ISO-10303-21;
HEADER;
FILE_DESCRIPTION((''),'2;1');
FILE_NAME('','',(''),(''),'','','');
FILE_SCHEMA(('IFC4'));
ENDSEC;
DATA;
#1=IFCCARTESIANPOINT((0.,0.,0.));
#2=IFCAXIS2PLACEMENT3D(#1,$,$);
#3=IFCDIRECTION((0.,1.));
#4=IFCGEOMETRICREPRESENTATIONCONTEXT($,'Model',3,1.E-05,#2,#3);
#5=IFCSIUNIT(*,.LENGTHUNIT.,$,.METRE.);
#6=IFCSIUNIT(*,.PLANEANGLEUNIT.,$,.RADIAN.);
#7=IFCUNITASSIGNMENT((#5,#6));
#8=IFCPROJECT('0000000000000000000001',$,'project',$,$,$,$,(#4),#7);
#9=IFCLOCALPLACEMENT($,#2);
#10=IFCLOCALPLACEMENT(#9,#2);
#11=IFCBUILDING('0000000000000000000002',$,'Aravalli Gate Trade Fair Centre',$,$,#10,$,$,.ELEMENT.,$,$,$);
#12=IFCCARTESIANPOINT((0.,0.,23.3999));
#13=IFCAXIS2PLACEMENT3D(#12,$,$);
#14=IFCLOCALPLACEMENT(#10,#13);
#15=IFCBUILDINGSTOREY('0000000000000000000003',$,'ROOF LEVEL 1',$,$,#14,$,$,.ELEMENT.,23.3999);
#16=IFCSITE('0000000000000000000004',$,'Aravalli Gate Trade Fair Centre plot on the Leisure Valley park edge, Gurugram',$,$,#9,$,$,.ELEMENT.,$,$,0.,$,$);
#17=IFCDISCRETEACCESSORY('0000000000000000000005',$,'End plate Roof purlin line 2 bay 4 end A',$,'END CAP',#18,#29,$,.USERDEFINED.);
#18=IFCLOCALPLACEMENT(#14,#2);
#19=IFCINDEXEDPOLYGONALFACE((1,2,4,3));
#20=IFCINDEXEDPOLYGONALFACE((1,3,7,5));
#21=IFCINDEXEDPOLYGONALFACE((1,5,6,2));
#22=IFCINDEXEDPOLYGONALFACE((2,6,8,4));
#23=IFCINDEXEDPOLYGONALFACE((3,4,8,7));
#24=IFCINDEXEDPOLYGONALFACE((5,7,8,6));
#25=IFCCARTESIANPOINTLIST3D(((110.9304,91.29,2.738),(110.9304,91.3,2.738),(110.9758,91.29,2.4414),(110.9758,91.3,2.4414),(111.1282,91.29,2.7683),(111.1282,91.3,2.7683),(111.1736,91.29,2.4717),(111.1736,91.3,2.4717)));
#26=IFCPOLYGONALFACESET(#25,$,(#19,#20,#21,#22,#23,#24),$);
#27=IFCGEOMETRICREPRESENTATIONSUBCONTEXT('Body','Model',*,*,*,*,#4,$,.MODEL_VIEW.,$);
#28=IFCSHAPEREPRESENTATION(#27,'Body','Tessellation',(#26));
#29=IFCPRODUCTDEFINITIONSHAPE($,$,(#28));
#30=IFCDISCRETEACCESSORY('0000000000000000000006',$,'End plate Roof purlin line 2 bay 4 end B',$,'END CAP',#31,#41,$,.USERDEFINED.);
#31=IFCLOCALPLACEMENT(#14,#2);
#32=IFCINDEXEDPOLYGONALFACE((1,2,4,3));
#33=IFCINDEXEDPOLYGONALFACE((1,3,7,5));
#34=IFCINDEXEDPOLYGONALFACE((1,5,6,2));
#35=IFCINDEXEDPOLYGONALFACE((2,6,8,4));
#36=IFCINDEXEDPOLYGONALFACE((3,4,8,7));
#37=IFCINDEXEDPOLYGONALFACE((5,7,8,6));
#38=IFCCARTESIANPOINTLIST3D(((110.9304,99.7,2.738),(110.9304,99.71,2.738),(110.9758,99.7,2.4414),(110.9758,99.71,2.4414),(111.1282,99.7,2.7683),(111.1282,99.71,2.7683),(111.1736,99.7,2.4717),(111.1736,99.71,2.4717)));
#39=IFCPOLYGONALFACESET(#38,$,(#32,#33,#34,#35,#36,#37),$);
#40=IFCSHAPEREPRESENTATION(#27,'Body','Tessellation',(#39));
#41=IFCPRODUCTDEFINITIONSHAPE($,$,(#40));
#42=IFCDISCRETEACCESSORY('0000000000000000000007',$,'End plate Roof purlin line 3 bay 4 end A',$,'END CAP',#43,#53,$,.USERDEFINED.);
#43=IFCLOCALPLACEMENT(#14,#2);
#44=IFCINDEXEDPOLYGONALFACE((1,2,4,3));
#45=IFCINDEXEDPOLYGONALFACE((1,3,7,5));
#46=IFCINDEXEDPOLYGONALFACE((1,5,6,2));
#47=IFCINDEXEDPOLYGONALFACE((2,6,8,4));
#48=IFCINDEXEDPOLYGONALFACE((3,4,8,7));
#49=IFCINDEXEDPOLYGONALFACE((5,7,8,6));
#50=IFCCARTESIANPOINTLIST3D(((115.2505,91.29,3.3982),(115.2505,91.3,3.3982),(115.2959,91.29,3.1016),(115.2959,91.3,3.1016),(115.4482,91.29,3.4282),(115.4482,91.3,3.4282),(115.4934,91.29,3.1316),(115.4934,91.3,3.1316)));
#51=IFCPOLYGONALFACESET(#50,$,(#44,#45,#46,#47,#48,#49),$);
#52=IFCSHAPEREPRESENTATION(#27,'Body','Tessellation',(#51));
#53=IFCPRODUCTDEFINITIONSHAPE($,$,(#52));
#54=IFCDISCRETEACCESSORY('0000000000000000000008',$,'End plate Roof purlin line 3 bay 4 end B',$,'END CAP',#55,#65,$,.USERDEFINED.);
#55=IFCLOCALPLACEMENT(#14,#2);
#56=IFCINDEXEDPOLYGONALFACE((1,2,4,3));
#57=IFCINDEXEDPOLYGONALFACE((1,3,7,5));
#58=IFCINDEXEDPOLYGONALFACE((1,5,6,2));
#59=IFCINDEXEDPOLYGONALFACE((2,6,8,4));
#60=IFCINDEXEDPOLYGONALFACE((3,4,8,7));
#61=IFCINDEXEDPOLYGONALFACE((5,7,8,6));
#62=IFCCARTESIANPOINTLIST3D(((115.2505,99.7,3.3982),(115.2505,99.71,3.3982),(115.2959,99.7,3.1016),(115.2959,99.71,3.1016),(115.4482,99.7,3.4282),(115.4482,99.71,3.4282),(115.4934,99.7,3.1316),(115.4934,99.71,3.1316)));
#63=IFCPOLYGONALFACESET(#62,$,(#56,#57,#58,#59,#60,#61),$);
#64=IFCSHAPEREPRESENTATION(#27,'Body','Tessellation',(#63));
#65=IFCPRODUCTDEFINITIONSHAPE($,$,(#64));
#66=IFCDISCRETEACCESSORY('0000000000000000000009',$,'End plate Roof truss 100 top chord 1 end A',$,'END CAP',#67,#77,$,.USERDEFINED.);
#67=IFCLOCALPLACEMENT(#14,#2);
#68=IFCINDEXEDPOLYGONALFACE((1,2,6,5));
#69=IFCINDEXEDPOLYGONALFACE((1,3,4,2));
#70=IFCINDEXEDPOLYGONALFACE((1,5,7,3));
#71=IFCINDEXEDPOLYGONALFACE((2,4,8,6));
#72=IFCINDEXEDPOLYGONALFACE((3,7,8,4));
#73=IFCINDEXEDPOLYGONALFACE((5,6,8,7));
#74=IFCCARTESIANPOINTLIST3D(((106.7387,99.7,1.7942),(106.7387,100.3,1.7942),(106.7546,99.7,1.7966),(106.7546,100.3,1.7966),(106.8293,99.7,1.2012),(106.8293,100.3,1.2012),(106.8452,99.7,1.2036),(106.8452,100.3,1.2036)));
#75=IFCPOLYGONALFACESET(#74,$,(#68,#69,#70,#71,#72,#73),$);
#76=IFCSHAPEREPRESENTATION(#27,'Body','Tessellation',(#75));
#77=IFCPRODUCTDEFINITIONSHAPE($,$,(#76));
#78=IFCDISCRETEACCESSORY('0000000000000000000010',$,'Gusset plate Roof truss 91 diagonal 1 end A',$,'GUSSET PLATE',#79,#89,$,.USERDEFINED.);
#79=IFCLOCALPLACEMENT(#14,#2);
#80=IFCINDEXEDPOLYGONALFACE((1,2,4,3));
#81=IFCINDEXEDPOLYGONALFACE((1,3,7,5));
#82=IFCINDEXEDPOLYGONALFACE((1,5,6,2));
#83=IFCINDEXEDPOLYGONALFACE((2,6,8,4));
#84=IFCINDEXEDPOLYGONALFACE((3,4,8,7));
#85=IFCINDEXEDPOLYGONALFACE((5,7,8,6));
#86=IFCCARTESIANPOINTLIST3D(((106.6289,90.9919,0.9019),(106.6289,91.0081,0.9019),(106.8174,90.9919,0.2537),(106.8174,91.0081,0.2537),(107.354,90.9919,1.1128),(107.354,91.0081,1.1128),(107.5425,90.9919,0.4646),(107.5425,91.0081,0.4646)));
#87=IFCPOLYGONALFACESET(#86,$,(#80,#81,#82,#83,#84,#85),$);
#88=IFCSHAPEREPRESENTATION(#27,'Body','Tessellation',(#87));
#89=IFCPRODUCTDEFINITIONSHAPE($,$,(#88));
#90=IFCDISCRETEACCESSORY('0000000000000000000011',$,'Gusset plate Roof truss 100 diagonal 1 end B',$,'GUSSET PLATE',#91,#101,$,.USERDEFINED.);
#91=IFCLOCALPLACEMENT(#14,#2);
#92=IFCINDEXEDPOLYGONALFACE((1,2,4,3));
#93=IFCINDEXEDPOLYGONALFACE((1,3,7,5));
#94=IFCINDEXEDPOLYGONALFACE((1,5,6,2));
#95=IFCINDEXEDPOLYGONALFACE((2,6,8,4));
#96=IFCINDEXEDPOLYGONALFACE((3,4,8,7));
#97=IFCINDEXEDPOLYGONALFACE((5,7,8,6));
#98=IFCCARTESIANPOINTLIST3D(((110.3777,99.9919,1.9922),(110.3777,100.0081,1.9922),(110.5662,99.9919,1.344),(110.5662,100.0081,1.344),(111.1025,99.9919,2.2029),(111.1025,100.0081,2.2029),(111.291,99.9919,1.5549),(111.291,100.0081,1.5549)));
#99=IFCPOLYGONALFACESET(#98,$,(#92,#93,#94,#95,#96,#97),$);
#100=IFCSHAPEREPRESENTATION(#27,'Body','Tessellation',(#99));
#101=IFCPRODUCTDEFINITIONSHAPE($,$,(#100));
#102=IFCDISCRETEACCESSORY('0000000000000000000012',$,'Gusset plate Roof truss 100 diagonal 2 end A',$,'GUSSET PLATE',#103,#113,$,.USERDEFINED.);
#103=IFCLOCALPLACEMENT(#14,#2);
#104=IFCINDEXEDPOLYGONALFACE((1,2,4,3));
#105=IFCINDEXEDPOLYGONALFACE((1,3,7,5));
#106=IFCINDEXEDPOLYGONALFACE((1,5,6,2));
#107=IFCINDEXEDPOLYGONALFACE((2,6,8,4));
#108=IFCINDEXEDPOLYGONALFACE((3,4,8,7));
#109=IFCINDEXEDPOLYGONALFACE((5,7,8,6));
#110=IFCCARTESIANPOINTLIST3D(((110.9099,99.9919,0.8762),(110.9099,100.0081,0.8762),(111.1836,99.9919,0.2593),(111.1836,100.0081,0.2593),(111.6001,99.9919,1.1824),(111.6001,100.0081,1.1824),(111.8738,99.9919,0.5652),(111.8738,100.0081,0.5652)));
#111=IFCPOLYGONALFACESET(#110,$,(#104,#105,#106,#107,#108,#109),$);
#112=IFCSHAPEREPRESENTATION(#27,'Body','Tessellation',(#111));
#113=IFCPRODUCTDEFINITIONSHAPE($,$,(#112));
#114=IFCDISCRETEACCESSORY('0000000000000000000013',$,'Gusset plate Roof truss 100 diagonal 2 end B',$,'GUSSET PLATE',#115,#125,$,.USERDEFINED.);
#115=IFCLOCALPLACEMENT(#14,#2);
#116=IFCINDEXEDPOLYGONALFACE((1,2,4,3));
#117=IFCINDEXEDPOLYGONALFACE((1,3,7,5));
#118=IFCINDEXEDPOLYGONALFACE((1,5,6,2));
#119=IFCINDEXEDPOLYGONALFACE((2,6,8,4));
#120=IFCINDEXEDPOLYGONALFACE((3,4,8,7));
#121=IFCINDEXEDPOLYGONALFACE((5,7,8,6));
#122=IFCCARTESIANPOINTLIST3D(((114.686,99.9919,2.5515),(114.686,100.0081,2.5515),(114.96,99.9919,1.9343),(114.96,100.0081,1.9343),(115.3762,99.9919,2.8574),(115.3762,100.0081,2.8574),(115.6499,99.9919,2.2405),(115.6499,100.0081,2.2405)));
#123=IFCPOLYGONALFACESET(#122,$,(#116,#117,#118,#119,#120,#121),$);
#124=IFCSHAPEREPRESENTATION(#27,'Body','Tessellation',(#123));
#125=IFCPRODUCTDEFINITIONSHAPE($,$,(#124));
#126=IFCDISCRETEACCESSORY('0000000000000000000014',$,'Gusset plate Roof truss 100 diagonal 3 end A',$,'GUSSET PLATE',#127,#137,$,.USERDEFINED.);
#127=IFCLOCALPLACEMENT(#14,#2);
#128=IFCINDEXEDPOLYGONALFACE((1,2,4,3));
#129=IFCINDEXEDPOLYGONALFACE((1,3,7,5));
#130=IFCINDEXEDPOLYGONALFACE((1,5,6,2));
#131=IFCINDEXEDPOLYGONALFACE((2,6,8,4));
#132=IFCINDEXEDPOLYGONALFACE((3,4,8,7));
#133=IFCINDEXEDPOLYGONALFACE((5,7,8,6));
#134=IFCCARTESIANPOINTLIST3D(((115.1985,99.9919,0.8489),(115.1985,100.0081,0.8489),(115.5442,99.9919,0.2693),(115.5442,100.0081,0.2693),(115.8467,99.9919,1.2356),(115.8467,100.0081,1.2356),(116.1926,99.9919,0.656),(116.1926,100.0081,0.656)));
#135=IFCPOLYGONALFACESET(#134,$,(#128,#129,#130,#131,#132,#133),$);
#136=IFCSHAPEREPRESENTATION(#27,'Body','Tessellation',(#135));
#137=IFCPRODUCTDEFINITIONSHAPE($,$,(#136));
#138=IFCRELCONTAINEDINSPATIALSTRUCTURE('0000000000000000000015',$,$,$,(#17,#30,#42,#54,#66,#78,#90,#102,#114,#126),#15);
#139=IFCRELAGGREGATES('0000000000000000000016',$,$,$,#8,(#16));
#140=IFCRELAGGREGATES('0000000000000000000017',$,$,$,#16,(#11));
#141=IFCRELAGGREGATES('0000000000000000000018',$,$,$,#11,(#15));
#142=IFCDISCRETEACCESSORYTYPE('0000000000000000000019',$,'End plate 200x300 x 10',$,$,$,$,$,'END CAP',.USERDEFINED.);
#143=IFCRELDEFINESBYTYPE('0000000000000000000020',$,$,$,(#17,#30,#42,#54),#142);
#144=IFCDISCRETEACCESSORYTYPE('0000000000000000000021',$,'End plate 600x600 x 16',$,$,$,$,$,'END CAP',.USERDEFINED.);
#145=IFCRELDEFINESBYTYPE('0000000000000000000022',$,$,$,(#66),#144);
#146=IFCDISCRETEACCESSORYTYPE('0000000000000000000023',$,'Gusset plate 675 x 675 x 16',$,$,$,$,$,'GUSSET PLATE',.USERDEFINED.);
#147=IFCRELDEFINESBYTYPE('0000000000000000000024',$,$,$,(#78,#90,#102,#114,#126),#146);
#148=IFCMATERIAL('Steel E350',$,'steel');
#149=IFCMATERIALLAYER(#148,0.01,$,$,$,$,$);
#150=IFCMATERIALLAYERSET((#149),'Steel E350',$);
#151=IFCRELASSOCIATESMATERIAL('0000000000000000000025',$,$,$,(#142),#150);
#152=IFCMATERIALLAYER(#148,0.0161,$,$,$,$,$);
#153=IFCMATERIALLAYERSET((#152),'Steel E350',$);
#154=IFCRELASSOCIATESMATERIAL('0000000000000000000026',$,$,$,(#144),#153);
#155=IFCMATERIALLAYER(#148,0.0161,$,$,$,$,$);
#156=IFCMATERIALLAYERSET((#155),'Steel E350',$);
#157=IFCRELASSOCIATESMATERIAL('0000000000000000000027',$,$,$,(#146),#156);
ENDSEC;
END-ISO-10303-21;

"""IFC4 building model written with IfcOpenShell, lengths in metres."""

from ifc_helpers import new_model, si_unit, direction, frame, origin, place, context, subcontext, project, spatial, polyline, outline, extrude, material, layer, layer_set, type_object, element, save


model = new_model("IFC4")

# Units and contexts
model_context = context("Model", 3, precision=1e-05, world=origin(), true_north=direction((0.0, 1.0)))
body_context = subcontext(model_context, "Body", "Model", "MODEL_VIEW")
ifc_project = project(units=[si_unit("LENGTHUNIT", "METRE"), si_unit("PLANEANGLEUNIT", "RADIAN")], contexts=[model_context])

# Site, building, storey
site_placement = place(None, origin())
site = spatial("IfcSite", under=ifc_project, at=site_placement, Name="Aravalli Gate Trade Fair Centre plot on the Leisure Valley park edge, Gurugram", CompositionType="ELEMENT", RefElevation=0.0)
building_placement = place(site_placement, origin())
building = spatial("IfcBuilding", under=site, at=building_placement, Name="Aravalli Gate Trade Fair Centre", CompositionType="ELEMENT")
storey_placement = place(building_placement, frame((0.0, 0.0, 23.3999)))
storey = spatial("IfcBuildingStorey", under=building, at=storey_placement, Name="ROOF LEVEL 1", CompositionType="ELEMENT", Elevation=23.3999)

# Shared definitions
ifc_material = material(Name="Steel E350", Category="steel")

# Discrete accessories
ifc_layer_1 = layer(ifc_material, 0.01)
ifc_layer_set_1 = layer_set([ifc_layer_1], Name="Steel E350")
discrete_accessory_type_1 = type_object("IfcDiscreteAccessoryType", Name="End plate 200x300 x 10", ElementType="END CAP", PredefinedType="USERDEFINED", material=ifc_layer_set_1)
for number, where, z_axis, x_axis, name in (
    (1, (111.1736, 91.3, 2.4717), (0.0, 1.0, 0.0), (-0.988484, 0.0, -0.151324), "End plate Roof purlin line 2 bay 4 end A"),
    (2, (111.1736, 99.71, 2.4717), (0.0, 1.0, 0.0), (-0.988484, 0.0, -0.151324), "End plate Roof purlin line 2 bay 4 end B"),
):
    element("IfcDiscreteAccessory", number, at=place(storey_placement, frame(where, z_axis=z_axis, x_axis=x_axis)), inside=storey, type_object=discrete_accessory_type_1, Name=name, ObjectType="END CAP", PredefinedType="USERDEFINED", context=body_context, shape_type="SweptSolid", body=[
        extrude(outline(polyline([(0.0, 0.0), (0.2001, 0.0), (0.2001, 0.3001), (0.0, 0.3001), (0.0, 0.0)])), origin(), (0.0, 0.0, -1.0), 0.01),
    ])
for number, where, z_axis, x_axis, name in (
    (3, (115.4934, 91.3, 3.1316), (0.0, 1.0, 0.0), (-0.988639, 0.0, -0.150312), "End plate Roof purlin line 3 bay 4 end A"),
    (4, (115.4934, 99.71, 3.1316), (0.0, 1.0, 0.0), (-0.988639, 0.0, -0.150312), "End plate Roof purlin line 3 bay 4 end B"),
):
    element("IfcDiscreteAccessory", number, at=place(storey_placement, frame(where, z_axis=z_axis, x_axis=x_axis)), inside=storey, type_object=discrete_accessory_type_1, Name=name, ObjectType="END CAP", PredefinedType="USERDEFINED", context=body_context, shape_type="SweptSolid", body=[
        extrude(outline(polyline([(0.0, 0.0), (0.1998, 0.0), (0.2001, 0.3001), (0.0001, 0.3), (0.0, 0.0)])), origin(), (0.0, 0.0, -1.0), 0.01),
    ])
ifc_layer_2 = layer(ifc_material, 0.0161)
ifc_layer_set_2 = layer_set([ifc_layer_2], Name="Steel E350")
discrete_accessory_type_2 = type_object("IfcDiscreteAccessoryType", Name="End plate 600x600 x 16", ElementType="END CAP", PredefinedType="USERDEFINED", material=ifc_layer_set_2)
discrete_accessory_1_placement = place(storey_placement, frame((106.8452, 99.7, 1.2036), z_axis=(0.988536, 0.0, 0.150987), x_axis=(0.0, 1.0, 0.0)))
element("IfcDiscreteAccessory", 5, at=discrete_accessory_1_placement, inside=storey, type_object=discrete_accessory_type_2, Name="End plate Roof truss 100 top chord 1 end A", ObjectType="END CAP", PredefinedType="USERDEFINED", context=body_context, shape_type="SweptSolid", body=[
    extrude(outline(polyline([(0.0, 0.0), (0.6001, 0.0), (0.6001, 0.5999), (0.0, 0.5999), (0.0, 0.0)])), origin(), (0.0, 0.0, -1.0), 0.0161),
])
ifc_layer_3 = layer(ifc_material, 0.0161)
ifc_layer_set_3 = layer_set([ifc_layer_3], Name="Steel E350")
discrete_accessory_type_3 = type_object("IfcDiscreteAccessoryType", Name="Gusset plate 675 x 675 x 16", ElementType="GUSSET PLATE", PredefinedType="USERDEFINED", material=ifc_layer_set_3)
discrete_accessory_2_placement = place(storey_placement, frame((107.5425, 91.0081, 0.4646), z_axis=(0.0, 1.0, 0.0), x_axis=(-0.960195, 0.0, -0.27933)))
element("IfcDiscreteAccessory", 6, at=discrete_accessory_2_placement, inside=storey, type_object=discrete_accessory_type_3, Name="Gusset plate Roof truss 91 diagonal 1 end A", ObjectType="GUSSET PLATE", PredefinedType="USERDEFINED", context=body_context, shape_type="SweptSolid", body=[
    extrude(outline(polyline([(0.0, 0.0), (0.7552, 0.0), (0.7551, 0.675), (-0.0001, 0.675), (0.0, 0.0)])), origin(), (0.0, 0.0, -1.0), 0.0161),
])
discrete_accessory_3_placement = place(storey_placement, frame((110.5662, 99.9919, 1.344), z_axis=(0.0, -1.0, 0.0), x_axis=(0.96017, 0.0, 0.279416)))
element("IfcDiscreteAccessory", 7, at=discrete_accessory_3_placement, inside=storey, type_object=discrete_accessory_type_3, Name="Gusset plate Roof truss 100 diagonal 1 end B", ObjectType="GUSSET PLATE", PredefinedType="USERDEFINED", context=body_context, shape_type="SweptSolid", body=[
    extrude(outline(polyline([(0.0, 0.0), (0.7549, 0.0), (0.755, 0.6748), (0.0001, 0.675), (0.0, 0.0)])), origin(), (0.0, 0.0, -1.0), 0.0161),
])
discrete_accessory_4_placement = place(storey_placement, frame((111.6001, 99.9919, 1.1824), z_axis=(0.0, -1.0, 0.0), x_axis=(-0.914105, 0.0, -0.405478)))
element("IfcDiscreteAccessory", 8, at=discrete_accessory_4_placement, inside=storey, type_object=discrete_accessory_type_3, Name="Gusset plate Roof truss 100 diagonal 2 end A", ObjectType="GUSSET PLATE", PredefinedType="USERDEFINED", context=body_context, shape_type="SweptSolid", body=[
    extrude(outline(polyline([(0.0, 0.0), (0.755, 0.0), (0.755, 0.6749), (0.0001, 0.6751), (0.0, 0.0)])), origin(), (0.0, 0.0, -1.0), 0.0161),
])
discrete_accessory_5_placement = place(storey_placement, frame((114.96, 99.9919, 1.9343), z_axis=(0.0, -1.0, 0.0), x_axis=(0.914051, 0.0, 0.405598)))
element("IfcDiscreteAccessory", 9, at=discrete_accessory_5_placement, inside=storey, type_object=discrete_accessory_type_3, Name="Gusset plate Roof truss 100 diagonal 2 end B", ObjectType="GUSSET PLATE", PredefinedType="USERDEFINED", context=body_context, shape_type="SweptSolid", body=[
    extrude(outline(polyline([(0.0, 0.0), (0.7548, 0.0), (0.7549, 0.6749), (-0.0001, 0.6752), (0.0, 0.0)])), origin(), (0.0, 0.0, -1.0), 0.0161),
])
discrete_accessory_6_placement = place(storey_placement, frame((115.8467, 99.9919, 1.2356), z_axis=(0.0, -1.0, 0.0), x_axis=(-0.858775, 0.0, -0.512354)))
element("IfcDiscreteAccessory", 10, at=discrete_accessory_6_placement, inside=storey, type_object=discrete_accessory_type_3, Name="Gusset plate Roof truss 100 diagonal 3 end A", ObjectType="GUSSET PLATE", PredefinedType="USERDEFINED", context=body_context, shape_type="SweptSolid", body=[
    extrude(outline(polyline([(0.0, 0.0), (0.7548, 0.0), (0.7549, 0.6749), (-0.0001, 0.675), (0.0, 0.0)])), origin(), (0.0, 0.0, -1.0), 0.0161),
])

save(model, "model.ifc")
